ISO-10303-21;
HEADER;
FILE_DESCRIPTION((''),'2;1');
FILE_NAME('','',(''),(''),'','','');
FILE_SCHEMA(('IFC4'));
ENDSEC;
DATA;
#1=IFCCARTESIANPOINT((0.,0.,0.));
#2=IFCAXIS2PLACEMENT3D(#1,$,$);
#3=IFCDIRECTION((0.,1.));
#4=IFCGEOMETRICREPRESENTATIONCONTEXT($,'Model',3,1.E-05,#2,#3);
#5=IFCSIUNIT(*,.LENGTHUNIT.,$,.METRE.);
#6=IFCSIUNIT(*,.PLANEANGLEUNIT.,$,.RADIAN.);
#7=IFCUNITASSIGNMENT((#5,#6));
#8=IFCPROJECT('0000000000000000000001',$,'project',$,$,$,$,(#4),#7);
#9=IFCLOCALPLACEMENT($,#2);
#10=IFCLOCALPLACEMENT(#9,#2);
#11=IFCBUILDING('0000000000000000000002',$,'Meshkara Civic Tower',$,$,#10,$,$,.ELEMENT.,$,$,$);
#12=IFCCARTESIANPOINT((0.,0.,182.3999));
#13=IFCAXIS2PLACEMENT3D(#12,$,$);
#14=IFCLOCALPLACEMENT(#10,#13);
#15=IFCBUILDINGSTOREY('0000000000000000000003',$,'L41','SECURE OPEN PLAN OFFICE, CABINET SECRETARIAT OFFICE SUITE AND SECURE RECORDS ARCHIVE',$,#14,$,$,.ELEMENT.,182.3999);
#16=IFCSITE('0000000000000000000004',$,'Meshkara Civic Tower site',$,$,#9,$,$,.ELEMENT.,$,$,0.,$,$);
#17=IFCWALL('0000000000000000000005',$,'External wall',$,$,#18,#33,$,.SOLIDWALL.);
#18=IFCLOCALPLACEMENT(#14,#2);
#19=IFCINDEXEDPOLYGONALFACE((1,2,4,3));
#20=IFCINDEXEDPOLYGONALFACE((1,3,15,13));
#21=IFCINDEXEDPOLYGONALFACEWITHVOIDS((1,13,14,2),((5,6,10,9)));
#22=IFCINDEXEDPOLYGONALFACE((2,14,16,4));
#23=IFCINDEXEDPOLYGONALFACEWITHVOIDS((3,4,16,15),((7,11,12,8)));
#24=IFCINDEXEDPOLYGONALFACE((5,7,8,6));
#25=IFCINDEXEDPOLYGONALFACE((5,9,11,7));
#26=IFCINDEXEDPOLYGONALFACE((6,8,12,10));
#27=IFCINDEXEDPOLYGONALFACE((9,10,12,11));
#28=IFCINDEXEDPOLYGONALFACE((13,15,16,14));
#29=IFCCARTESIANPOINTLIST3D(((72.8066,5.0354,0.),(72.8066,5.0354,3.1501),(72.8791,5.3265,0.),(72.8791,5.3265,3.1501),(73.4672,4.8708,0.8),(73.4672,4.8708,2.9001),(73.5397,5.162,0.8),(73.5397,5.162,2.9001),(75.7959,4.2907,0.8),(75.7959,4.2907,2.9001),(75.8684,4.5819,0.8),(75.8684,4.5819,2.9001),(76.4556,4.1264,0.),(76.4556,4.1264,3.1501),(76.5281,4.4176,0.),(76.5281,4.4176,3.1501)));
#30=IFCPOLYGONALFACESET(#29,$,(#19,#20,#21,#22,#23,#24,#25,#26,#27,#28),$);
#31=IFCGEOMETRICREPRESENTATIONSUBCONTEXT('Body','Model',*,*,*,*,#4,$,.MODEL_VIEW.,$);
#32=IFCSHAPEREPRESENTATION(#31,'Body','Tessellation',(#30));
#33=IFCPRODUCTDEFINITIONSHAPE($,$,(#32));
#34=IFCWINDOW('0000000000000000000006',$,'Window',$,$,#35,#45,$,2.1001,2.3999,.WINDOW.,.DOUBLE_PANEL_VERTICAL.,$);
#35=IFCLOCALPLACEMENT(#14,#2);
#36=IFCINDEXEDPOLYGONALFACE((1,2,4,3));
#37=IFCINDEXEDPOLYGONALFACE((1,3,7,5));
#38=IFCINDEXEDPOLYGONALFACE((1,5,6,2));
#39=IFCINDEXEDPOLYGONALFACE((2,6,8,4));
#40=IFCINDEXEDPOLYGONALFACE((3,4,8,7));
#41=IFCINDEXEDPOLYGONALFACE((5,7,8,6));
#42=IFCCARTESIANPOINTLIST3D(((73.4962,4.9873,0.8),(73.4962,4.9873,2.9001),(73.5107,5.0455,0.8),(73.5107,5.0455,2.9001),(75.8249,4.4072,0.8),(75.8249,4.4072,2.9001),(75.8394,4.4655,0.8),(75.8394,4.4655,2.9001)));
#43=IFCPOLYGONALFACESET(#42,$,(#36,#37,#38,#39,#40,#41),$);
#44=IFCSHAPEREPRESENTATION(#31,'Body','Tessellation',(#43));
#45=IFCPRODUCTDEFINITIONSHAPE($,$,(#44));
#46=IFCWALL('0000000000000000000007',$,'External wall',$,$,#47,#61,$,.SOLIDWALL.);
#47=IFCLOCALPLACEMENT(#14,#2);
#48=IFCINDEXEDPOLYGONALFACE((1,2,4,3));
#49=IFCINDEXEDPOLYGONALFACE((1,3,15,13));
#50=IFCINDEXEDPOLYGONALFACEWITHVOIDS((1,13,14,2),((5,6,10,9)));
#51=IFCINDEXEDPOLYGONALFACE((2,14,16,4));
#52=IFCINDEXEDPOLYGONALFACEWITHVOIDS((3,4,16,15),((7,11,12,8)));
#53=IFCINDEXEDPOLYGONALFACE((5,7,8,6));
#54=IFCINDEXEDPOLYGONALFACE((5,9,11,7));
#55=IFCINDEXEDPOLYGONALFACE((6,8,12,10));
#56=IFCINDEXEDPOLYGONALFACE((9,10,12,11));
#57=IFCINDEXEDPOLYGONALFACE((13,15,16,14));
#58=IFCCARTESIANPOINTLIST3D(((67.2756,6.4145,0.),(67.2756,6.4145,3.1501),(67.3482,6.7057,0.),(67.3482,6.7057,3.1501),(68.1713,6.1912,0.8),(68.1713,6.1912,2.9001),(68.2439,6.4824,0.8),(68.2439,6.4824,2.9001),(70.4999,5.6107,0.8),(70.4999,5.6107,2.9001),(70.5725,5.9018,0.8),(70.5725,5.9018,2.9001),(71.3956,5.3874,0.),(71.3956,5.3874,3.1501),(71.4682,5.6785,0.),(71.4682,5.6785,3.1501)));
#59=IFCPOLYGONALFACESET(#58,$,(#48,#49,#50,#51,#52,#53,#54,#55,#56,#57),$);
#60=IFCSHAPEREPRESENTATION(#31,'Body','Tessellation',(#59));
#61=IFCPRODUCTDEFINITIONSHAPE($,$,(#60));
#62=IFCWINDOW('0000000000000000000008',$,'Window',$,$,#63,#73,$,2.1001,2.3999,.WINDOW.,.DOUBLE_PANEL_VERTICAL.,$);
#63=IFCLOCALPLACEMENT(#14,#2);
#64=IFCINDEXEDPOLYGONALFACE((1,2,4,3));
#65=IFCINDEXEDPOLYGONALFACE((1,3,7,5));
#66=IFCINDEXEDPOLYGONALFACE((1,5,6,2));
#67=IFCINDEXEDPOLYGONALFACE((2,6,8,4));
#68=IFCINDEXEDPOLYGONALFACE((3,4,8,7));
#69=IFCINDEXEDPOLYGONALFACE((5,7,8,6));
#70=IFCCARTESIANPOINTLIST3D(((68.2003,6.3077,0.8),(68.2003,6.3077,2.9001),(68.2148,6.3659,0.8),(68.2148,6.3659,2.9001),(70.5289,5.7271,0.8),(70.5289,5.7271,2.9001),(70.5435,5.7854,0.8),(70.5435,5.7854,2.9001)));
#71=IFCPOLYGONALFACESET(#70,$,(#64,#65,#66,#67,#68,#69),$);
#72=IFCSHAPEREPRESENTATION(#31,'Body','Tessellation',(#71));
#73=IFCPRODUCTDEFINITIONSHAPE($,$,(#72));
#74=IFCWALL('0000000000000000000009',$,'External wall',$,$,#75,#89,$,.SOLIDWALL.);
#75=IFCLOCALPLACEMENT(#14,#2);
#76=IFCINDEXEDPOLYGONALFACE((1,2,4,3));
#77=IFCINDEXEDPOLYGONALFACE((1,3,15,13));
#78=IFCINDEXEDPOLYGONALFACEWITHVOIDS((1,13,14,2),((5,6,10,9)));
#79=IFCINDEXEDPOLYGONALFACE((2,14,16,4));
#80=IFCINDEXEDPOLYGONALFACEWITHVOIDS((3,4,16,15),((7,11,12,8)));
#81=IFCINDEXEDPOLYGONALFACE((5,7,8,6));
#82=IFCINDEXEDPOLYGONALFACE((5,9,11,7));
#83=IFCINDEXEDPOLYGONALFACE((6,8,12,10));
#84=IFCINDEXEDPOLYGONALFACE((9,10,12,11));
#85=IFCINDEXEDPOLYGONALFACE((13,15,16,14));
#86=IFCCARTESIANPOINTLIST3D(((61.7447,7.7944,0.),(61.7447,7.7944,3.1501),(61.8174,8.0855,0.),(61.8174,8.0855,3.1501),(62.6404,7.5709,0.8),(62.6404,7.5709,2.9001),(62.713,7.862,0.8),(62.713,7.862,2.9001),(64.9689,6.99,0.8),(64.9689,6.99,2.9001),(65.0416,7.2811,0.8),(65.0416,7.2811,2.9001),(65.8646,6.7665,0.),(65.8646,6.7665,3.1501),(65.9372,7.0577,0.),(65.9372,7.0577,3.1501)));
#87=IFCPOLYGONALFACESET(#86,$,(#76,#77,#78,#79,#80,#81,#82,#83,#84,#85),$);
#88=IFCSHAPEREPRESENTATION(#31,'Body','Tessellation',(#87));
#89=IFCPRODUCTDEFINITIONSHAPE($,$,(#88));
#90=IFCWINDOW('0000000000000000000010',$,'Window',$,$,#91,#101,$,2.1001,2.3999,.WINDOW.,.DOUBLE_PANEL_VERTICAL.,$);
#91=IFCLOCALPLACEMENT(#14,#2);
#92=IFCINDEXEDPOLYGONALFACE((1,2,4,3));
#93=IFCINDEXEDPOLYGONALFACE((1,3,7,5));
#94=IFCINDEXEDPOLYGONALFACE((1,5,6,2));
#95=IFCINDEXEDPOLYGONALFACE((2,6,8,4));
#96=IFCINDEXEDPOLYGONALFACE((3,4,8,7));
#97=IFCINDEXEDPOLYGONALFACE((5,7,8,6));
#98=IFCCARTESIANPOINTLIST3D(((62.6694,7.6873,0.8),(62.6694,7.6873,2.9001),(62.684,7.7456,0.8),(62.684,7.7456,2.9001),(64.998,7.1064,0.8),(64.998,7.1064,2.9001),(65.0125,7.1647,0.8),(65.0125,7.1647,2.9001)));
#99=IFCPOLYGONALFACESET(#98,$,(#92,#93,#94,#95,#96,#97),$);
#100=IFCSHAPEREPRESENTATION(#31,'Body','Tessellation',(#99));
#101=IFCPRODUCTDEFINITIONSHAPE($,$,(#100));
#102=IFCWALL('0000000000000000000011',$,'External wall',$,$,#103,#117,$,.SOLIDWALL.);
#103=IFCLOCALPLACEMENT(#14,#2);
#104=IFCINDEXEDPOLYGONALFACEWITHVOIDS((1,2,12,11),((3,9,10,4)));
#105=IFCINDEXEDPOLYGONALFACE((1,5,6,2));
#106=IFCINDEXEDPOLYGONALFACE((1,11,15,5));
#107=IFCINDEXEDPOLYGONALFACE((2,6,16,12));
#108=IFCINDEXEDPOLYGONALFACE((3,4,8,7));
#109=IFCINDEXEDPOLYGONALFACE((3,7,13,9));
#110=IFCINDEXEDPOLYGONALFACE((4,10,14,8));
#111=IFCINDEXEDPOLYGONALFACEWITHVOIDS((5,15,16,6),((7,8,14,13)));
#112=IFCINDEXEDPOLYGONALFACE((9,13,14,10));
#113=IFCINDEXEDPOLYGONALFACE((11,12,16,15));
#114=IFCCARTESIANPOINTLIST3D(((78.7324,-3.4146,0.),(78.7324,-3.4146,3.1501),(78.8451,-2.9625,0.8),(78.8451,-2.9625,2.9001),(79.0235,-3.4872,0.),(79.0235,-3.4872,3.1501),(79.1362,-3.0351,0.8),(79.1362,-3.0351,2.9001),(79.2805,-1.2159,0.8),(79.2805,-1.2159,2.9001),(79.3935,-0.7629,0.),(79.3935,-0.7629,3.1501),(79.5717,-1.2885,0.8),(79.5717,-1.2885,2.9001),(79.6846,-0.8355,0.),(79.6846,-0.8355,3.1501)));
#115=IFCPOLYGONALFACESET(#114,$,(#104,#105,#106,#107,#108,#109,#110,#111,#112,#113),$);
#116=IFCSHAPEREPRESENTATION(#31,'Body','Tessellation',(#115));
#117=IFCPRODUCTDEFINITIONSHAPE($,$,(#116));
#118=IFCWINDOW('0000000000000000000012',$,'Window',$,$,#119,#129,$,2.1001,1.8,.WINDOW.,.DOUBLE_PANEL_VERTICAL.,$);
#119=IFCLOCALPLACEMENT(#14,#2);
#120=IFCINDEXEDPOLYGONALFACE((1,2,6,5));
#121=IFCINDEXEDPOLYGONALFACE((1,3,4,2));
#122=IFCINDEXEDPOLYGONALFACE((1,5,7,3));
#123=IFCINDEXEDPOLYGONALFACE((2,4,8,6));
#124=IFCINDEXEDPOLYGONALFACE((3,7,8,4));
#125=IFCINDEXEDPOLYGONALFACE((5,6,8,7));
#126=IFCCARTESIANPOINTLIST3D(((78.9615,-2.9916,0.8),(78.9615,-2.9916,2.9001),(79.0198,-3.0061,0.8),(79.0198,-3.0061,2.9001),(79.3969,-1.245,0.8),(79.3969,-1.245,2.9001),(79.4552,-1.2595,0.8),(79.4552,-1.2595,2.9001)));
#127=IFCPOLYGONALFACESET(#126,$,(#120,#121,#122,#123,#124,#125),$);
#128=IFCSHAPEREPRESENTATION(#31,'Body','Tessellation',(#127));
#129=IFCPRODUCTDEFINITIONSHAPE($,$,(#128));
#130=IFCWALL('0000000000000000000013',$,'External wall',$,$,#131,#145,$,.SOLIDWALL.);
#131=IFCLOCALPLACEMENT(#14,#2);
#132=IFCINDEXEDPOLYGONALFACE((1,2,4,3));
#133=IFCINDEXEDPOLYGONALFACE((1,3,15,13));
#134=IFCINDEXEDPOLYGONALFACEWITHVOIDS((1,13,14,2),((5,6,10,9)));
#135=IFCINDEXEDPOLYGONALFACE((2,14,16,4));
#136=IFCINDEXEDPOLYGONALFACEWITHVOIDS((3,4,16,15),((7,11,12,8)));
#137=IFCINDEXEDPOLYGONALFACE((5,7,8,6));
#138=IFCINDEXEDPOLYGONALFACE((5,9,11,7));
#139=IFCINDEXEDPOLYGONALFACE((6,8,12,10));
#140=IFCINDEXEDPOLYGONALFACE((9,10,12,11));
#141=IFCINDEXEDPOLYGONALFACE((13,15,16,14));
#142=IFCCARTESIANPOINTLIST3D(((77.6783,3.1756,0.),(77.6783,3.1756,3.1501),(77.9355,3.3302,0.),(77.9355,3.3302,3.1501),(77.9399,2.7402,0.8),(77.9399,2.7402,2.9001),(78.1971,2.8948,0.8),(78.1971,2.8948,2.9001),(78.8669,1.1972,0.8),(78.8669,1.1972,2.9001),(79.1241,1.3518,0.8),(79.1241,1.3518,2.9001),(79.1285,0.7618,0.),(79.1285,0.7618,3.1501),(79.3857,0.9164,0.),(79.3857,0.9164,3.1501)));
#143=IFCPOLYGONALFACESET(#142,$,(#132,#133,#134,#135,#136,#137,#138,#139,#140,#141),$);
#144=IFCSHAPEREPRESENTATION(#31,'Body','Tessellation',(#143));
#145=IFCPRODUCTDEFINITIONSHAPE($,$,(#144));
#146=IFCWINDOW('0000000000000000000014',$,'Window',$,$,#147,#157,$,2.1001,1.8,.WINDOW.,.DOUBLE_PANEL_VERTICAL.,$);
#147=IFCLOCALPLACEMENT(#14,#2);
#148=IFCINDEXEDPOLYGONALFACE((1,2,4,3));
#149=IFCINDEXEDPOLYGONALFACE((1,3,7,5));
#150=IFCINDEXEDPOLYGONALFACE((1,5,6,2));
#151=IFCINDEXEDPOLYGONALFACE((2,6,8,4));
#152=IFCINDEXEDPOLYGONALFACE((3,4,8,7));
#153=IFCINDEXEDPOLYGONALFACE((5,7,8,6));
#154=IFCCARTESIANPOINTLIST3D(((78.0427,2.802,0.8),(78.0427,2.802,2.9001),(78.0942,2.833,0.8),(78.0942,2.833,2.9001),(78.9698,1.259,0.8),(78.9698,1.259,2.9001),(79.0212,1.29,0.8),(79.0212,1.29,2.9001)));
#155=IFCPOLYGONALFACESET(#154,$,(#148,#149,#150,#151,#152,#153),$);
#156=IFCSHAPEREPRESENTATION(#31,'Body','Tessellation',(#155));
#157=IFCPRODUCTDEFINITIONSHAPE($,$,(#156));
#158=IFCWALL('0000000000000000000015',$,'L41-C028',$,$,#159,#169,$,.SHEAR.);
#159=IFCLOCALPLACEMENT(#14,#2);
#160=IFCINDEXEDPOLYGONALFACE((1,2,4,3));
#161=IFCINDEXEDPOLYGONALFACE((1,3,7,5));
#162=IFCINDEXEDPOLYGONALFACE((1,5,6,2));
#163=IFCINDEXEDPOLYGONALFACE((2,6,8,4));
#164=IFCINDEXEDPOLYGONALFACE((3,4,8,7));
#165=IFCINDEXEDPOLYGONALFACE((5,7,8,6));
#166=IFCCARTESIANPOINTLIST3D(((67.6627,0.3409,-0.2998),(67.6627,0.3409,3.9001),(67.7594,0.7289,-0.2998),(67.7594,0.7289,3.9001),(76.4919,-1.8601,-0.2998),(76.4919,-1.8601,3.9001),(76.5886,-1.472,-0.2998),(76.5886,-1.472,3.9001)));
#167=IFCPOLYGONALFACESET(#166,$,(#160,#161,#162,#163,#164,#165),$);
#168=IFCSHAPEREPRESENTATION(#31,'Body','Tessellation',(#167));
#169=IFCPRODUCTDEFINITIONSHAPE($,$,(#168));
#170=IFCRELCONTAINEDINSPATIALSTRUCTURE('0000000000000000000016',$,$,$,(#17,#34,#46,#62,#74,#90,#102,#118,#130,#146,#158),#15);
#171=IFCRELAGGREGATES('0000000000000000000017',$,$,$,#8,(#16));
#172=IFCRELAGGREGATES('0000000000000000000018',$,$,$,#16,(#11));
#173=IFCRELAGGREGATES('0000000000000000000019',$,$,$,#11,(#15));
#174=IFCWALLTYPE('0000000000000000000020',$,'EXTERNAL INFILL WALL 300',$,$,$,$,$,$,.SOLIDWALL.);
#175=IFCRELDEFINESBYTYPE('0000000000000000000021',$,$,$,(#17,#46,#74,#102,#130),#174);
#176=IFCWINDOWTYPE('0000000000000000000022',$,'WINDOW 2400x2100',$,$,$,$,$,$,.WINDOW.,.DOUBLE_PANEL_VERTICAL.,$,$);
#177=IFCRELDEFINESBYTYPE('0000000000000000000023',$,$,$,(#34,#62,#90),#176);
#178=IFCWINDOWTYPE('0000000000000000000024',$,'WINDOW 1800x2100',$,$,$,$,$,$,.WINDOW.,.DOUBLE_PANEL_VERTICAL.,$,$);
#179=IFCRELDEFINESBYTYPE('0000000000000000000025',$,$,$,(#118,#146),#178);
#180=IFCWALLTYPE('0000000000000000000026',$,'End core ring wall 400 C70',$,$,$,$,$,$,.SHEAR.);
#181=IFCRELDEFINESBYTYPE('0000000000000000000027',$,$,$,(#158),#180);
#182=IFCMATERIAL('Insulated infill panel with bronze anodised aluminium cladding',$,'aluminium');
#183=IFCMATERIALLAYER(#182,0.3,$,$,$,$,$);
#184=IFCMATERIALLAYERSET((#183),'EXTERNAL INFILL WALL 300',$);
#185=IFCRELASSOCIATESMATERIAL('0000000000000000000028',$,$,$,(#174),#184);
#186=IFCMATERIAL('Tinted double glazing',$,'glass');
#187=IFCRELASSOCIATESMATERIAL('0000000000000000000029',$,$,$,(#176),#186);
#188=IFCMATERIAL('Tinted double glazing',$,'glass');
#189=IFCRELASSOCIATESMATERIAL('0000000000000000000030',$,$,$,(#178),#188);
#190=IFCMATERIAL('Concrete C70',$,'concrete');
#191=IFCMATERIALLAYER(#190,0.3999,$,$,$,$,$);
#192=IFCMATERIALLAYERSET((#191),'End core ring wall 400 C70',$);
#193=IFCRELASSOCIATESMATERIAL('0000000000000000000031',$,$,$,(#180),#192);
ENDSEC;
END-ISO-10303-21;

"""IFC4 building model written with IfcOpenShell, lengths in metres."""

from ifc_helpers import new_model, si_unit, direction, frame, frame_2d, origin, place, context, subcontext, project, spatial, rectangle, extrude, material, layer, layer_set, type_object, element, fill, save


model = new_model("IFC4")

# Units and contexts
model_context = context("Model", 3, precision=1e-05, world=origin(), true_north=direction((0.0, 1.0)))
body_context = subcontext(model_context, "Body", "Model", "MODEL_VIEW")
ifc_project = project(units=[si_unit("LENGTHUNIT", "METRE"), si_unit("PLANEANGLEUNIT", "RADIAN")], contexts=[model_context])

# Site, building, storey
site_placement = place(None, origin())
site = spatial("IfcSite", under=ifc_project, at=site_placement, Name="Meshkara Civic Tower site", CompositionType="ELEMENT", RefElevation=0.0)
building_placement = place(site_placement, origin())
building = spatial("IfcBuilding", under=site, at=building_placement, Name="Meshkara Civic Tower", CompositionType="ELEMENT")
storey_placement = place(building_placement, frame((0.0, 0.0, 182.3999)))
storey = spatial("IfcBuildingStorey", under=building, at=storey_placement, Name="L41", Description="SECURE OPEN PLAN OFFICE, CABINET SECRETARIAT OFFICE SUITE AND SECURE RECORDS ARCHIVE", CompositionType="ELEMENT", Elevation=182.3999)

# Walls, openings, windows
ifc_material_1 = material(Name="Insulated infill panel with bronze anodised aluminium cladding", Category="aluminium")
ifc_layer_1 = layer(ifc_material_1, 0.3)
ifc_layer_set_1 = layer_set([ifc_layer_1], Name="EXTERNAL INFILL WALL 300")
wall_type_1 = type_object("IfcWallType", Name="EXTERNAL INFILL WALL 300", PredefinedType="SOLIDWALL", material=ifc_layer_set_1)
wall_1_placement = place(storey_placement, frame((76.4919, 4.272, 0.0), z_axis=(0.0, 0.0, 1.0), x_axis=(-0.970348, 0.241711, 0.0)))
wall_1 = element("IfcWall", 1, at=wall_1_placement, inside=storey, type_object=wall_type_1, Name="External wall", PredefinedType="SOLIDWALL", context=body_context, shape_type="SweptSolid", body=[
    extrude(rectangle(XDim=3.7605, YDim=0.3, at=frame_2d((1.8804, 0.0))), origin(), (0.0, 0.0, 1.0), 3.1501),
])
opening_1_placement = place(wall_1_placement, frame((0.6799, 0.0, 0.8)))
opening_1 = element("IfcOpeningElement", 2, at=opening_1_placement, cuts=wall_1, PredefinedType="OPENING", context=body_context, shape_type="SweptSolid", body=[
    extrude(rectangle(XDim=2.3999, YDim=2.1001, at=frame_2d((1.2, 1.05))), frame((0.0, 0.1599, 0.0), z_axis=(0.0, -1.0, 0.0), x_axis=(1.0, 0.0, 0.0)), (0.0, 0.0, 1.0), 0.3201),
])
ifc_material_2 = material(Name="Tinted double glazing", Category="glass")
window_type_1 = type_object("IfcWindowType", Name="WINDOW 2400x2100", PartitioningType="DOUBLE_PANEL_VERTICAL", PredefinedType="WINDOW", material=ifc_material_2)
window_1_placement = place(opening_1_placement, origin())
window_1 = element("IfcWindow", 3, at=window_1_placement, inside=storey, type_object=window_type_1, Name="Window", OverallHeight=2.1001, OverallWidth=2.3999, PartitioningType="DOUBLE_PANEL_VERTICAL", PredefinedType="WINDOW", context=body_context, shape_type="SweptSolid", body=[
    extrude(rectangle(XDim=2.3999, YDim=2.1001, at=frame_2d((1.2, 1.05))), frame((0.0, 0.03, 0.0), z_axis=(0.0, -1.0, 0.0), x_axis=(1.0, 0.0, 0.0)), (0.0, 0.0, 1.0), 0.0601),
])
fill(opening_1, window_1)
wall_2_placement = place(storey_placement, frame((71.4319, 5.533, 0.0), z_axis=(0.0, 0.0, 1.0), x_axis=(-0.970301, 0.2419, 0.0)))
wall_2 = element("IfcWall", 4, at=wall_2_placement, inside=storey, type_object=wall_type_1, Name="External wall", PredefinedType="SOLIDWALL", context=body_context, shape_type="SweptSolid", body=[
    extrude(rectangle(XDim=4.2461, YDim=0.3, at=frame_2d((2.123, 0.0))), origin(), (0.0, 0.0, 1.0), 3.1501),
])
opening_2_placement = place(wall_2_placement, frame((0.9231, 0.0, 0.8)))
opening_2 = element("IfcOpeningElement", 5, at=opening_2_placement, cuts=wall_2, PredefinedType="OPENING", context=body_context, shape_type="SweptSolid", body=[
    extrude(rectangle(XDim=2.3999, YDim=2.1001, at=frame_2d((1.2, 1.05))), frame((0.0, 0.1599, 0.0), z_axis=(0.0, -1.0, 0.0), x_axis=(1.0, 0.0, 0.0)), (0.0, 0.0, 1.0), 0.3201),
])
window_2_placement = place(opening_2_placement, origin())
window_2 = element("IfcWindow", 6, at=window_2_placement, inside=storey, type_object=window_type_1, Name="Window", OverallHeight=2.1001, OverallWidth=2.3999, PartitioningType="DOUBLE_PANEL_VERTICAL", PredefinedType="WINDOW", context=body_context, shape_type="SweptSolid", body=[
    extrude(rectangle(XDim=2.3999, YDim=2.1001, at=frame_2d((1.2, 1.05))), frame((0.0, 0.03, 0.0), z_axis=(0.0, -1.0, 0.0), x_axis=(1.0, 0.0, 0.0)), (0.0, 0.0, 1.0), 0.0601),
])
fill(opening_2, window_2)
wall_3_placement = place(storey_placement, frame((65.9009, 6.9121, 0.0), z_axis=(0.0, 0.0, 1.0), x_axis=(-0.970261, 0.242062, 0.0)))
wall_3 = element("IfcWall", 7, at=wall_3_placement, inside=storey, type_object=wall_type_1, Name="External wall", PredefinedType="SOLIDWALL", context=body_context, shape_type="SweptSolid", body=[
    extrude(rectangle(XDim=4.2461, YDim=0.3, at=frame_2d((2.123, 0.0))), origin(), (0.0, 0.0, 1.0), 3.1501),
])
opening_3_placement = place(wall_3_placement, frame((0.9231, 0.0, 0.8)))
opening_3 = element("IfcOpeningElement", 8, at=opening_3_placement, cuts=wall_3, PredefinedType="OPENING", context=body_context, shape_type="SweptSolid", body=[
    extrude(rectangle(XDim=2.3999, YDim=2.1001, at=frame_2d((1.2, 1.05))), frame((0.0, 0.1599, 0.0), z_axis=(0.0, -1.0, 0.0), x_axis=(1.0, 0.0, 0.0)), (0.0, 0.0, 1.0), 0.3201),
])
window_3_placement = place(opening_3_placement, origin())
window_3 = element("IfcWindow", 9, at=window_3_placement, inside=storey, type_object=window_type_1, Name="Window", OverallHeight=2.1001, OverallWidth=2.3999, PartitioningType="DOUBLE_PANEL_VERTICAL", PredefinedType="WINDOW", context=body_context, shape_type="SweptSolid", body=[
    extrude(rectangle(XDim=2.3999, YDim=2.1001, at=frame_2d((1.2, 1.05))), frame((0.0, 0.03, 0.0), z_axis=(0.0, -1.0, 0.0), x_axis=(1.0, 0.0, 0.0)), (0.0, 0.0, 1.0), 0.0601),
])
fill(opening_3, window_3)
wall_4_placement = place(storey_placement, frame((78.8779, -3.4509, 0.0), z_axis=(0.0, 0.0, 1.0), x_axis=(0.241905, 0.9703, 0.0)))
wall_4 = element("IfcWall", 10, at=wall_4_placement, inside=storey, type_object=wall_type_1, Name="External wall", PredefinedType="SOLIDWALL", context=body_context, shape_type="SweptSolid", body=[
    extrude(rectangle(XDim=2.7329, YDim=0.3, at=frame_2d((1.3665, 0.0))), origin(), (0.0, 0.0, 1.0), 3.1501),
])
opening_4_placement = place(wall_4_placement, frame((0.4661, 0.0, 0.8)))
opening_4 = element("IfcOpeningElement", 11, at=opening_4_placement, cuts=wall_4, PredefinedType="OPENING", context=body_context, shape_type="SweptSolid", body=[
    extrude(rectangle(XDim=1.8, YDim=2.1001, at=frame_2d((0.8999, 1.05))), frame((0.0, 0.1599, 0.0), z_axis=(0.0, -1.0, 0.0), x_axis=(1.0, 0.0, 0.0)), (0.0, 0.0, 1.0), 0.3201),
])
ifc_material_3 = material(Name="Tinted double glazing", Category="glass")
window_type_2 = type_object("IfcWindowType", Name="WINDOW 1800x2100", PartitioningType="DOUBLE_PANEL_VERTICAL", PredefinedType="WINDOW", material=ifc_material_3)
window_4_placement = place(opening_4_placement, origin())
window_4 = element("IfcWindow", 12, at=window_4_placement, inside=storey, type_object=window_type_2, Name="Window", OverallHeight=2.1001, OverallWidth=1.8, PartitioningType="DOUBLE_PANEL_VERTICAL", PredefinedType="WINDOW", context=body_context, shape_type="SweptSolid", body=[
    extrude(rectangle(XDim=1.8, YDim=2.1001, at=frame_2d((0.8999, 1.05))), frame((0.0, 0.03, 0.0), z_axis=(0.0, -1.0, 0.0), x_axis=(1.0, 0.0, 0.0)), (0.0, 0.0, 1.0), 0.0601),
])
fill(opening_4, window_4)
wall_5_placement = place(storey_placement, frame((79.2571, 0.8391, 0.0), z_axis=(0.0, 0.0, 1.0), x_axis=(-0.514993, 0.857194, 0.0)))
wall_5 = element("IfcWall", 13, at=wall_5_placement, inside=storey, type_object=wall_type_1, Name="External wall", PredefinedType="SOLIDWALL", context=body_context, shape_type="SweptSolid", body=[
    extrude(rectangle(XDim=2.8159, YDim=0.3, at=frame_2d((1.408, 0.0))), origin(), (0.0, 0.0, 1.0), 3.1501),
])
opening_5_placement = place(wall_5_placement, frame((0.5081, 0.0, 0.8)))
opening_5 = element("IfcOpeningElement", 14, at=opening_5_placement, cuts=wall_5, PredefinedType="OPENING", context=body_context, shape_type="SweptSolid", body=[
    extrude(rectangle(XDim=1.8, YDim=2.1001, at=frame_2d((0.8999, 1.05))), frame((0.0, 0.1599, 0.0), z_axis=(0.0, -1.0, 0.0), x_axis=(1.0, 0.0, 0.0)), (0.0, 0.0, 1.0), 0.3201),
])
window_5_placement = place(opening_5_placement, origin())
window_5 = element("IfcWindow", 15, at=window_5_placement, inside=storey, type_object=window_type_2, Name="Window", OverallHeight=2.1001, OverallWidth=1.8, PartitioningType="DOUBLE_PANEL_VERTICAL", PredefinedType="WINDOW", context=body_context, shape_type="SweptSolid", body=[
    extrude(rectangle(XDim=1.8, YDim=2.1001, at=frame_2d((0.8999, 1.05))), frame((0.0, 0.03, 0.0), z_axis=(0.0, -1.0, 0.0), x_axis=(1.0, 0.0, 0.0)), (0.0, 0.0, 1.0), 0.0601),
])
fill(opening_5, window_5)

# Wall
ifc_material_4 = material(Name="Concrete C70", Category="concrete")
ifc_layer_2 = layer(ifc_material_4, 0.3999)
ifc_layer_set_2 = layer_set([ifc_layer_2], Name="End core ring wall 400 C70")
wall_type_2 = type_object("IfcWallType", Name="End core ring wall 400 C70", PredefinedType="SHEAR", material=ifc_layer_set_2)
wall_6_placement = place(storey_placement, frame((67.7109, 0.5349, -0.2998), z_axis=(0.0, 0.0, 1.0), x_axis=(0.970306, -0.241879, 0.0)))
element("IfcWall", 16, at=wall_6_placement, inside=storey, type_object=wall_type_2, Name="L41-C028", PredefinedType="SHEAR", context=body_context, shape_type="SweptSolid", body=[
    extrude(rectangle(XDim=9.0994, YDim=0.3999, at=frame_2d((4.5498, 0.0))), origin(), (0.0, 0.0, 1.0), 4.2),
])

save(model, "model.ifc")
